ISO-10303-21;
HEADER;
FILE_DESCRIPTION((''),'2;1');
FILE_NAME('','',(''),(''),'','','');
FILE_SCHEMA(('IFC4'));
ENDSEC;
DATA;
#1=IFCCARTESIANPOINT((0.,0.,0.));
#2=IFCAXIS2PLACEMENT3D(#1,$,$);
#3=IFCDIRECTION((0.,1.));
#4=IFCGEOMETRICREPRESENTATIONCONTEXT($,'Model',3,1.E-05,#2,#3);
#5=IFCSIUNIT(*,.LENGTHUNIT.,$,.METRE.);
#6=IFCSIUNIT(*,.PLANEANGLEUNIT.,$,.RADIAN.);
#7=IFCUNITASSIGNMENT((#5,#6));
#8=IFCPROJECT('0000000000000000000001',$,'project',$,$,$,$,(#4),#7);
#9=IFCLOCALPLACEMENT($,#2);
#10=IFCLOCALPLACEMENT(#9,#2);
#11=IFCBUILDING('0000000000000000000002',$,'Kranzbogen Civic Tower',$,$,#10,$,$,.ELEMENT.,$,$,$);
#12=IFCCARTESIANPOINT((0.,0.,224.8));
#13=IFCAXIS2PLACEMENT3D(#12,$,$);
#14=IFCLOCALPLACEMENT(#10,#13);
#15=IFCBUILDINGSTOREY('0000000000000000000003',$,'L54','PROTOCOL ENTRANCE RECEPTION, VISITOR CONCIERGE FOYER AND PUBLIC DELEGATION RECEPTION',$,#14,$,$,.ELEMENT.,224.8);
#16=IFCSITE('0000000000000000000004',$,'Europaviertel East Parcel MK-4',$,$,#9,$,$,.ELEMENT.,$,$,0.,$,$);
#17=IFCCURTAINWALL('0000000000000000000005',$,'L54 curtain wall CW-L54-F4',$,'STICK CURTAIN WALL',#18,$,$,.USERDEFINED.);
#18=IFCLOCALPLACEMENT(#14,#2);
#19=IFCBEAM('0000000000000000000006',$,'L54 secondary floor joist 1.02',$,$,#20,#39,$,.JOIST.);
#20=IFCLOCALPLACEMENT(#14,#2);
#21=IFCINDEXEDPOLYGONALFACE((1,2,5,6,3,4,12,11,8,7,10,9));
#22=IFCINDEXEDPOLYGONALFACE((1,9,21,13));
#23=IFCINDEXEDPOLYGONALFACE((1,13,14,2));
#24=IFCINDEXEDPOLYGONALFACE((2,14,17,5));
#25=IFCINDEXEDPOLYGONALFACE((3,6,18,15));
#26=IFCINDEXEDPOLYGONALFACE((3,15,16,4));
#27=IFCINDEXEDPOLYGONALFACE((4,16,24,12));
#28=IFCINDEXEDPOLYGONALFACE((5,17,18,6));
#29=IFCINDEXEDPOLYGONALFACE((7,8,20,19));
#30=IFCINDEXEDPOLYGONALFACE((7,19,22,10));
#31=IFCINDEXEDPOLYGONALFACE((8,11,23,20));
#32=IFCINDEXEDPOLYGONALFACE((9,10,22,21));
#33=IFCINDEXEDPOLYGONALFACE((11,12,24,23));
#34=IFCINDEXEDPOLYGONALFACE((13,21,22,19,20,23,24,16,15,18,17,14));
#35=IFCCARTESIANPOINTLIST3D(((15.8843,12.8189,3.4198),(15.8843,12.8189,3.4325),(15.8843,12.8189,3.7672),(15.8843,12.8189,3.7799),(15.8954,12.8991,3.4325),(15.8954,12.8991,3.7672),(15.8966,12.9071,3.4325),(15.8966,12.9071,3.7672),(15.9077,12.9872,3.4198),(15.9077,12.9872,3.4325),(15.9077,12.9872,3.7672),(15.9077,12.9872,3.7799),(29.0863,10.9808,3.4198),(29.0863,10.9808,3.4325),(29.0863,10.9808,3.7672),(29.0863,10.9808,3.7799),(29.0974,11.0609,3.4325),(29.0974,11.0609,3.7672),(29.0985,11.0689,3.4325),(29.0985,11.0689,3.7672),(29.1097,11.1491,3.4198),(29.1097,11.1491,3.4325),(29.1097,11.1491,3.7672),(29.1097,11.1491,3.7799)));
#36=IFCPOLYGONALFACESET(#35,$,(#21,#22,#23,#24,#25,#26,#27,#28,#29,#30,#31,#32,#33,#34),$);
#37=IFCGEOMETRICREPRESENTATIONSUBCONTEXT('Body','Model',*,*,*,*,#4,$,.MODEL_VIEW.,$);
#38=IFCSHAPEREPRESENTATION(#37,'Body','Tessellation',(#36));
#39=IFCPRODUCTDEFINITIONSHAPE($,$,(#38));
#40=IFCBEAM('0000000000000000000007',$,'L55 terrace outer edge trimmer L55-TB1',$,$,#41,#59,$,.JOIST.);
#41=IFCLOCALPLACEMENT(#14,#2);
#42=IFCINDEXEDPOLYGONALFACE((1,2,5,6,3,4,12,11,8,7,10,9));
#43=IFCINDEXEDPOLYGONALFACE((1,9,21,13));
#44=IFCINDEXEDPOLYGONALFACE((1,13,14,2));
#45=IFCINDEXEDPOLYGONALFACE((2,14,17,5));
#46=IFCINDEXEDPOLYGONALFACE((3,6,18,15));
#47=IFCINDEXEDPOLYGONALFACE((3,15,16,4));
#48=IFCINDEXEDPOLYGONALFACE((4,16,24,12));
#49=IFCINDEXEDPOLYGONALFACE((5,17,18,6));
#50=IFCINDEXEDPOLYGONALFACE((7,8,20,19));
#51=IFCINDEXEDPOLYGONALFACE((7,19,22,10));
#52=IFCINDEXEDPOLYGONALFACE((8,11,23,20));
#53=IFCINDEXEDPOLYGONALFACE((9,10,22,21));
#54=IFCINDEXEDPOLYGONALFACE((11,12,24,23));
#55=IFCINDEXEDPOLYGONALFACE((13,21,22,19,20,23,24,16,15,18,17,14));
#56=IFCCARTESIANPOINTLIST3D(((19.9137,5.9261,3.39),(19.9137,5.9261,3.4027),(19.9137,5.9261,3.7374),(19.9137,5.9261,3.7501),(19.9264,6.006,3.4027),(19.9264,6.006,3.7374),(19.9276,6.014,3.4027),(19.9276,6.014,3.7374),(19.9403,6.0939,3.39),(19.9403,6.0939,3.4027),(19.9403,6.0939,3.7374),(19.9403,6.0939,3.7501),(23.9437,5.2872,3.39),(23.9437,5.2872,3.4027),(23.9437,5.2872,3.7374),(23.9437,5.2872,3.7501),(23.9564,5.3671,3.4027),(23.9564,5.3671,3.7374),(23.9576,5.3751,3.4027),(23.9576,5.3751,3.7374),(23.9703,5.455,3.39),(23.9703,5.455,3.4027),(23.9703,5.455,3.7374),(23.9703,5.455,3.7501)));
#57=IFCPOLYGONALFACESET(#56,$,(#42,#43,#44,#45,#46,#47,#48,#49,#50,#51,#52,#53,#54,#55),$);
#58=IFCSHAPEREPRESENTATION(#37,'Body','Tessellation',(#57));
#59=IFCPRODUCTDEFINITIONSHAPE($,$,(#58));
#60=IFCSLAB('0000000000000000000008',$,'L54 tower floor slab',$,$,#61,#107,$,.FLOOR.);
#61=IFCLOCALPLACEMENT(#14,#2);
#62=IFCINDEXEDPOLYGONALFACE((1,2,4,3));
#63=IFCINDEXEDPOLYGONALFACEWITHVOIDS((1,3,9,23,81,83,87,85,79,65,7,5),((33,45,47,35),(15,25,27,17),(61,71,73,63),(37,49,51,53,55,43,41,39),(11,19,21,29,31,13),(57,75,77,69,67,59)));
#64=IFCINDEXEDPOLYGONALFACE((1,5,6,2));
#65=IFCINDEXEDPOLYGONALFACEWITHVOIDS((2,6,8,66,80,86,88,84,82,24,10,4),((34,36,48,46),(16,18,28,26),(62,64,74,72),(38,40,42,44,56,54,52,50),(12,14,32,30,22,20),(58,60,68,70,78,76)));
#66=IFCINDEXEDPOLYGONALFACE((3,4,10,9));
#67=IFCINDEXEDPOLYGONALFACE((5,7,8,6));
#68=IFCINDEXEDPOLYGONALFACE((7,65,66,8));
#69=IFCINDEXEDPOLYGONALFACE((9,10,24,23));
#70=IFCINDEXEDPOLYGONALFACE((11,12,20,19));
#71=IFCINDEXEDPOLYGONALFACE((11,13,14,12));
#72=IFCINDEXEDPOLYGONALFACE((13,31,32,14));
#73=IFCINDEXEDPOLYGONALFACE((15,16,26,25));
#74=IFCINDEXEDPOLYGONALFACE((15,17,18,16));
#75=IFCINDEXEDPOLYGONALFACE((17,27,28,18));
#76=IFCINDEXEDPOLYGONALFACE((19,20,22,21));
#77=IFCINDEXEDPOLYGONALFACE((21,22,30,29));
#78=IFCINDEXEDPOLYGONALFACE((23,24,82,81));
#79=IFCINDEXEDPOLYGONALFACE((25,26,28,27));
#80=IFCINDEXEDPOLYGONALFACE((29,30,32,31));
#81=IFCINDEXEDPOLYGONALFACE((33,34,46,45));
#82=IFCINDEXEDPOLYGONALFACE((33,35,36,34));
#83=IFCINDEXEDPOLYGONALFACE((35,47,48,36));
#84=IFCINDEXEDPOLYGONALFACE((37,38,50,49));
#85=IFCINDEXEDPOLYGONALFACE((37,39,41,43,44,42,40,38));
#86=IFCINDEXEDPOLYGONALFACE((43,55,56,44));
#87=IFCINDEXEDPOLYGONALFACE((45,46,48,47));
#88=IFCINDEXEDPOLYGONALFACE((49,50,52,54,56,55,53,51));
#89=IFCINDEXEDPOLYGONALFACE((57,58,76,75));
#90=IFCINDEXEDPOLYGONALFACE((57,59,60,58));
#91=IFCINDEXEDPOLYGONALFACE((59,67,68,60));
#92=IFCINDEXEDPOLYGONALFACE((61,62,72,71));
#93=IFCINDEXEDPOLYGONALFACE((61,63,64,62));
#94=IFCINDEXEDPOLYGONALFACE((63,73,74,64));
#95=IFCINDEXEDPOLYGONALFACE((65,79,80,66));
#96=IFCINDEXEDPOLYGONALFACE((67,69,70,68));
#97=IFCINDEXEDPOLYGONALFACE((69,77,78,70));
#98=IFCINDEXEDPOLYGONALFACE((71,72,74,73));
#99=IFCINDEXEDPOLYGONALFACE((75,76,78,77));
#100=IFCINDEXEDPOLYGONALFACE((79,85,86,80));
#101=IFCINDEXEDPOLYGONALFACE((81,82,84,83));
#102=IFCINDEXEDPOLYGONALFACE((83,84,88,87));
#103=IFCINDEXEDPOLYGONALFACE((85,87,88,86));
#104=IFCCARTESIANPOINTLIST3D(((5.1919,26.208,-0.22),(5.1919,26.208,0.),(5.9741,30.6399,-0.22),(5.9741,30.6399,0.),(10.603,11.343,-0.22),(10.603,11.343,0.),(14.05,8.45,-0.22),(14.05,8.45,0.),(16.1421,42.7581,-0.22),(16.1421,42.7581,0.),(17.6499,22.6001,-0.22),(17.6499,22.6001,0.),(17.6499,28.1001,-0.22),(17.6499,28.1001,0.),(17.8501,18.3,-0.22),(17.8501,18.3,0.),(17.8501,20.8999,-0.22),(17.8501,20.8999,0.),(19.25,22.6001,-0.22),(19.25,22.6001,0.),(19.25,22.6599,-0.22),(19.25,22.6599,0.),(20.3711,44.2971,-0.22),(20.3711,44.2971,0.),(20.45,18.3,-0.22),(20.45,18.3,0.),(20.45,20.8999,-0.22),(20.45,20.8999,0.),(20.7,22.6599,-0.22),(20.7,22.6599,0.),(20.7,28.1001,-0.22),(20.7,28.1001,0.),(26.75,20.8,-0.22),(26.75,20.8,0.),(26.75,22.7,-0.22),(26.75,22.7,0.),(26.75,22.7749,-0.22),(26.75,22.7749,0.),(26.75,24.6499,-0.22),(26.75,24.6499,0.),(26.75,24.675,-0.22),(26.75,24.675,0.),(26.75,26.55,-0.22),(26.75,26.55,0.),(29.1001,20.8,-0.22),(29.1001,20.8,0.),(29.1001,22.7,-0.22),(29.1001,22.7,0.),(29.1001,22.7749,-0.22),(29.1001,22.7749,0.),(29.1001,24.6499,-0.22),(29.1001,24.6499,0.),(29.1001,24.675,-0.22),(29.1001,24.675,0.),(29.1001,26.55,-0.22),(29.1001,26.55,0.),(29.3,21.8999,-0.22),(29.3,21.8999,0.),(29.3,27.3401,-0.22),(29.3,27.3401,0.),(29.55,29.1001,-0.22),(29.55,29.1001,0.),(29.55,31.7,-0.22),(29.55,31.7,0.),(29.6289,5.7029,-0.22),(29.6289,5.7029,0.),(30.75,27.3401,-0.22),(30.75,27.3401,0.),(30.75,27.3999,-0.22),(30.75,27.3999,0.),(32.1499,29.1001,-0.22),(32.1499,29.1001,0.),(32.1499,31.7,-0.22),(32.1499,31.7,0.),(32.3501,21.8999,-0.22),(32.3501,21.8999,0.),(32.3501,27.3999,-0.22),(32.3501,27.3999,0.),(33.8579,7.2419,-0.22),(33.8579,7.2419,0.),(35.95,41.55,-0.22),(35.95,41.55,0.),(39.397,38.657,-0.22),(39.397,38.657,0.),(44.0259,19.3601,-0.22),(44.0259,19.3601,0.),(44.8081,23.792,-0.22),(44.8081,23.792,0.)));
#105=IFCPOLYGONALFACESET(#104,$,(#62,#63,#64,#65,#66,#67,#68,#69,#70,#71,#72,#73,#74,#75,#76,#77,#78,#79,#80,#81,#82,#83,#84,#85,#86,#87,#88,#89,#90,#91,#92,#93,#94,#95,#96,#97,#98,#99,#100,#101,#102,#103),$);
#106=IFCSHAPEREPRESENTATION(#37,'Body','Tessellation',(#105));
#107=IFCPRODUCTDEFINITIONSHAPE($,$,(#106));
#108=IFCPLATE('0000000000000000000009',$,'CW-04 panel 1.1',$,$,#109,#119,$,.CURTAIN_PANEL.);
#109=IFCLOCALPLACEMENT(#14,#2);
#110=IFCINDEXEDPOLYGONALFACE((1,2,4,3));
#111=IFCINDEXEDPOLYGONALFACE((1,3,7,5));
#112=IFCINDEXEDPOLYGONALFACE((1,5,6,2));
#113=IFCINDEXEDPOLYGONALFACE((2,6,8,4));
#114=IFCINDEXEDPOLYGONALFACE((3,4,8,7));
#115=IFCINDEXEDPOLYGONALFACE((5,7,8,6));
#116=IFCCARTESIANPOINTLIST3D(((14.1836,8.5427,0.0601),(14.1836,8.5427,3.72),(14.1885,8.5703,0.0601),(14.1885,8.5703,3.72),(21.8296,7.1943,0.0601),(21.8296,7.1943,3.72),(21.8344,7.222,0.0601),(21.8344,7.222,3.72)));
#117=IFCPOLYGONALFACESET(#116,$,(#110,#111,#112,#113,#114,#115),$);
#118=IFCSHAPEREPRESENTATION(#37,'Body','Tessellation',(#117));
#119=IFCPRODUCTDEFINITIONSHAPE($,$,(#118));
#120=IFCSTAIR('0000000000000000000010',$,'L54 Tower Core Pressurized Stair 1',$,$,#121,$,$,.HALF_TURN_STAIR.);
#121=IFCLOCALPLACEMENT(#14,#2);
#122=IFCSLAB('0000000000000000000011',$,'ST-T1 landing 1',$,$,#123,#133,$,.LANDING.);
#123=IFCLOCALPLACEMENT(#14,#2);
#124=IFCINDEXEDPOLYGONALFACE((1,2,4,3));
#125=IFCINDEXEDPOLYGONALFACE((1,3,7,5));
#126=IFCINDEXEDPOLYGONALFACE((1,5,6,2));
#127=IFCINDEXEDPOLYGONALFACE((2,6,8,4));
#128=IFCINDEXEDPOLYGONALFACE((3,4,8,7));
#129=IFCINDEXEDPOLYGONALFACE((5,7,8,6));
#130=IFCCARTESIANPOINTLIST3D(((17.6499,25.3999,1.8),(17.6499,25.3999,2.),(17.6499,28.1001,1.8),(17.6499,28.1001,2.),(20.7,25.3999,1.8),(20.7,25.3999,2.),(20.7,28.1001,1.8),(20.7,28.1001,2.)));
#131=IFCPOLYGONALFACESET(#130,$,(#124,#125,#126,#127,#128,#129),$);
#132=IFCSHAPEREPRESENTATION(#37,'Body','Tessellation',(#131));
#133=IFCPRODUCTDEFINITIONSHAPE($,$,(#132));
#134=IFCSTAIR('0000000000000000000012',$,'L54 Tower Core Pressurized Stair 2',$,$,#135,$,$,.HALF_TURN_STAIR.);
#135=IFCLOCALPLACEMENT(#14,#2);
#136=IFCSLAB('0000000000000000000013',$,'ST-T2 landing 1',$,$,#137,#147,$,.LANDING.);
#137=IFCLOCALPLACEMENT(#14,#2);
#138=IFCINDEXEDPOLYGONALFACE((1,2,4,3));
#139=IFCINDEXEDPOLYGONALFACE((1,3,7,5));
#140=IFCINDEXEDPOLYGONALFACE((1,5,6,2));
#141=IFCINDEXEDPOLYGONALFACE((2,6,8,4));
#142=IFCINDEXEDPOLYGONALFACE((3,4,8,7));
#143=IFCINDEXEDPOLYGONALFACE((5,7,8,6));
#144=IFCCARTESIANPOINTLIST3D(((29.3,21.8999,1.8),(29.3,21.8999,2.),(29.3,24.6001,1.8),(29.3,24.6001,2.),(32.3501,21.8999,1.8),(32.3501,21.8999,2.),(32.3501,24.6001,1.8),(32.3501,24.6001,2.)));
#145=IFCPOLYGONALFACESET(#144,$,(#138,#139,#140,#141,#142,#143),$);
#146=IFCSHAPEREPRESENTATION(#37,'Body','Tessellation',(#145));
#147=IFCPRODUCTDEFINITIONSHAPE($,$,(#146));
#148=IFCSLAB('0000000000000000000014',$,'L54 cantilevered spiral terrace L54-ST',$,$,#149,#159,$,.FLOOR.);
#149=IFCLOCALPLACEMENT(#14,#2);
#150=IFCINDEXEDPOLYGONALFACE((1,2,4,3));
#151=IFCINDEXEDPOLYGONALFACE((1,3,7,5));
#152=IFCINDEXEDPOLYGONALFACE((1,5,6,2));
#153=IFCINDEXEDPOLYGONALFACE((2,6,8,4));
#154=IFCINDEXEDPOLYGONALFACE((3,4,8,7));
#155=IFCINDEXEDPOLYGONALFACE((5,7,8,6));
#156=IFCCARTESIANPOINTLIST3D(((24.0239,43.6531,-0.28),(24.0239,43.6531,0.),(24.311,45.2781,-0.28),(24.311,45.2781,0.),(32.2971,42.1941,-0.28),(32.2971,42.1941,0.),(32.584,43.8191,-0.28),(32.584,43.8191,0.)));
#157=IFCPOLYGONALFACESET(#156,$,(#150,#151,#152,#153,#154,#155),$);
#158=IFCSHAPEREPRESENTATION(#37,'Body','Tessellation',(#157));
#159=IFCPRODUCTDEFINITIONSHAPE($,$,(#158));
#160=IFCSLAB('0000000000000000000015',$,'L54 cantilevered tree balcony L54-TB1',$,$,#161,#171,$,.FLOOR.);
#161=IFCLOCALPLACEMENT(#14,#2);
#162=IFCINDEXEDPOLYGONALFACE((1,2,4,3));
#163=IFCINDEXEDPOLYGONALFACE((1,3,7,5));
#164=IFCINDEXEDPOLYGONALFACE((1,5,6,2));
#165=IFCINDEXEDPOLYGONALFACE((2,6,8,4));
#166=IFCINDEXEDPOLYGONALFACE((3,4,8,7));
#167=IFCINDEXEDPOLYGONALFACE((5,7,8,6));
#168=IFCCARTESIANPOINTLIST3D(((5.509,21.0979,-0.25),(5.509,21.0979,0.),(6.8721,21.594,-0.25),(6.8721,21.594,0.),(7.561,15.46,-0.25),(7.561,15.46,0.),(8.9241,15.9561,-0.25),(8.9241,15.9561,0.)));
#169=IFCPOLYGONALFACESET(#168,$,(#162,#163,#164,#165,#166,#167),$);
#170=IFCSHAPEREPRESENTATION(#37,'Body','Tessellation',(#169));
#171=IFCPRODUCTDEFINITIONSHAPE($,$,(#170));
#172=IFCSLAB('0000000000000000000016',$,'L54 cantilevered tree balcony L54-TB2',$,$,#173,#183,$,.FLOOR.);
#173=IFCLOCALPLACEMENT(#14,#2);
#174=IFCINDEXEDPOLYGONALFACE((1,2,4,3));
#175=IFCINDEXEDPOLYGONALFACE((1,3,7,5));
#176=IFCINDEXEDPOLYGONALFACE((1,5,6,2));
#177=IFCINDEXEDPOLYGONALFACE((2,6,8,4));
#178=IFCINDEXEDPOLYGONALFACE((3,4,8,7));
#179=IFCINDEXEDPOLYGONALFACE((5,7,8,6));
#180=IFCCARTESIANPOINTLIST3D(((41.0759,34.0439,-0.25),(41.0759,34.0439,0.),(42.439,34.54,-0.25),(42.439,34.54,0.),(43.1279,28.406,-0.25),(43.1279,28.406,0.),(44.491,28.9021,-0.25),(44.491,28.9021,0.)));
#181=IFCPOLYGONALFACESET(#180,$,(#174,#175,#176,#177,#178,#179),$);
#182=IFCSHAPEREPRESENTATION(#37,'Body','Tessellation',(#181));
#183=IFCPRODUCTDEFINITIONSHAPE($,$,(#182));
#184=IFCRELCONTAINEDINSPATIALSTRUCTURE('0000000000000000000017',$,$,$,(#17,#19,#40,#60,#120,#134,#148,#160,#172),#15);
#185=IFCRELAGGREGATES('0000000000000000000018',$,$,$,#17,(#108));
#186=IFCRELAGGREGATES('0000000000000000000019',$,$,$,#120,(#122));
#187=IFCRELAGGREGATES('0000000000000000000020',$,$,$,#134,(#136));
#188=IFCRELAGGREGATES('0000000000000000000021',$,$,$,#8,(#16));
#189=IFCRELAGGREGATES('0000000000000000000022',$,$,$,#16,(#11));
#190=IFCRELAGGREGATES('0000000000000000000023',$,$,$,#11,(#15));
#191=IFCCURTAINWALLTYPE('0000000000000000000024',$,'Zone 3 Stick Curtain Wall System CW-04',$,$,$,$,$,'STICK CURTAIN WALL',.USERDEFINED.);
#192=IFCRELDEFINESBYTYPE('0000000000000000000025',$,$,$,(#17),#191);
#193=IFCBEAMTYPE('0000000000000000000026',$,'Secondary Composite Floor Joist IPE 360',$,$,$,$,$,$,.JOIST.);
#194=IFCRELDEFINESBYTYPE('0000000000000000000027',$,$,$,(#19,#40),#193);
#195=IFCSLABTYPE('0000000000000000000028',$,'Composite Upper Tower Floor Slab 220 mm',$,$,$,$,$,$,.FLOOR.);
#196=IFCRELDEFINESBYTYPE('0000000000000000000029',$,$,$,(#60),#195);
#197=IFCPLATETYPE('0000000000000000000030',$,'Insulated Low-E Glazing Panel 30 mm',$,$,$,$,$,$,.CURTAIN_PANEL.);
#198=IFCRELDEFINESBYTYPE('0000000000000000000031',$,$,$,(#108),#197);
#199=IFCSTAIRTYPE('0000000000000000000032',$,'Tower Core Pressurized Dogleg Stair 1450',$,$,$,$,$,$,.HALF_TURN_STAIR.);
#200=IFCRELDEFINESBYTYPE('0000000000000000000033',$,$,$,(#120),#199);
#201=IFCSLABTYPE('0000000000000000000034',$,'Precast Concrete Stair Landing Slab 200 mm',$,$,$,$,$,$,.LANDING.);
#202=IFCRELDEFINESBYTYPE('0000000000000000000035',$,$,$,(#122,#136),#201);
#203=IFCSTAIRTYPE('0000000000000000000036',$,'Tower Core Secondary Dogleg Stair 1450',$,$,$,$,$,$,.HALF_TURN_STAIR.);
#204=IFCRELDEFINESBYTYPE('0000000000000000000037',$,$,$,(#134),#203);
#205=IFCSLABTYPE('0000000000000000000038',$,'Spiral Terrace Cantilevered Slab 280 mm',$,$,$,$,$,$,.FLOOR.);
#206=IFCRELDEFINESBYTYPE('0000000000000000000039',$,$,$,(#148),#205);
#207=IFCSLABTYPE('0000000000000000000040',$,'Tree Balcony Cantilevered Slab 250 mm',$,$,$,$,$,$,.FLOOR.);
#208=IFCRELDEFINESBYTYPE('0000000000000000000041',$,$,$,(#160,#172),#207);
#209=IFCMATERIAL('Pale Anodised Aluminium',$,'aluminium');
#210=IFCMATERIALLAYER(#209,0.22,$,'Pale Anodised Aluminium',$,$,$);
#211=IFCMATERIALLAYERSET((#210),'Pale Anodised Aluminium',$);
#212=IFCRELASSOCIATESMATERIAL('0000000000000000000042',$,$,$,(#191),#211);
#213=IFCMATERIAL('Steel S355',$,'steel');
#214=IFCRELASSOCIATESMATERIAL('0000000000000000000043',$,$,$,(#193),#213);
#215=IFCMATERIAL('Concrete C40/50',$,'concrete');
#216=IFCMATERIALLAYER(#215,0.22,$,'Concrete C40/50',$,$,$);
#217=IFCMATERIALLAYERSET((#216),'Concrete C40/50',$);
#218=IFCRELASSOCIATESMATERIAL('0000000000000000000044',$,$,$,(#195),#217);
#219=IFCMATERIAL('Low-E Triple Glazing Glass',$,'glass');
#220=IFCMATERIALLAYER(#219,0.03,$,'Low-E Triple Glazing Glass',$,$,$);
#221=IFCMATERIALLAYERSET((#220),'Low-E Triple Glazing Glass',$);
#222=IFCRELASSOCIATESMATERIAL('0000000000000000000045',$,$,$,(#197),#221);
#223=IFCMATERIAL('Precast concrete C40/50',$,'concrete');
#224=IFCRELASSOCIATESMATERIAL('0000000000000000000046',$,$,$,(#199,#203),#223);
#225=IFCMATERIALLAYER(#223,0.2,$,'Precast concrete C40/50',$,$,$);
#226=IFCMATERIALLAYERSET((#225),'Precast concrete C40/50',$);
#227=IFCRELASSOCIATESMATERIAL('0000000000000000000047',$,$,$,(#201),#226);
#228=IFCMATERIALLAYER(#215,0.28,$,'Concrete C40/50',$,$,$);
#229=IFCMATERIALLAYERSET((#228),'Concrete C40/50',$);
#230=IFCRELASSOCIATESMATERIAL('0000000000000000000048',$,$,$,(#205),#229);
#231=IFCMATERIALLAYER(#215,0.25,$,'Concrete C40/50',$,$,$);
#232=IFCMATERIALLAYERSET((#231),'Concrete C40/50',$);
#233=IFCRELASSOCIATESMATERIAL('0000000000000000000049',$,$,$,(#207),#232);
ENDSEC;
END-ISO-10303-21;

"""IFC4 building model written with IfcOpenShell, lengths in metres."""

from ifc_helpers import new_model, si_unit, direction, frame, origin, origin_2d, place, context, subcontext, project, spatial, polyline, rectangle, i_section, outline, extrude, material, layer, layer_set, material_profile, profile_set, type_object, element, aggregate, save


model = new_model("IFC4")

# Units and contexts
model_context = context("Model", 3, precision=1e-05, world=origin(), true_north=direction((0.0, 1.0)))
body_context = subcontext(model_context, "Body", "Model", "MODEL_VIEW")
ifc_project = project(units=[si_unit("LENGTHUNIT", "METRE"), si_unit("PLANEANGLEUNIT", "RADIAN")], contexts=[model_context])

# Site, building, storey
site_placement = place(None, origin())
site = spatial("IfcSite", under=ifc_project, at=site_placement, Name="Europaviertel East Parcel MK-4", CompositionType="ELEMENT", RefElevation=0.0)
building_placement = place(site_placement, origin())
building = spatial("IfcBuilding", under=site, at=building_placement, Name="Kranzbogen Civic Tower", CompositionType="ELEMENT")
storey_placement = place(building_placement, frame((0.0, 0.0, 224.8)))
storey = spatial("IfcBuildingStorey", under=building, at=storey_placement, Name="L54", Description="PROTOCOL ENTRANCE RECEPTION, VISITOR CONCIERGE FOYER AND PUBLIC DELEGATION RECEPTION", CompositionType="ELEMENT", Elevation=224.8)

# Shared definitions
ifc_material_1 = material(Name="Steel S355", Category="steel")

# Shared definitions
ifc_material_2 = material(Name="Pale Anodised Aluminium", Category="aluminium")
ifc_layer_1 = layer(ifc_material_2, 0.22, Name="Pale Anodised Aluminium")
ifc_layer_set_1 = layer_set([ifc_layer_1], Name="Pale Anodised Aluminium")
curtain_wall_type = type_object("IfcCurtainWallType", Name="Zone 3 Stick Curtain Wall System CW-04", ElementType="STICK CURTAIN WALL", PredefinedType="USERDEFINED", material=ifc_layer_set_1)

# Curtain wall
curtain_wall_1_placement = place(storey_placement, origin())
curtain_wall_1 = element("IfcCurtainWall", 1, at=curtain_wall_1_placement, inside=storey, type_object=curtain_wall_type, Name="L54 curtain wall CW-L54-F4", ObjectType="STICK CURTAIN WALL", PredefinedType="USERDEFINED")

# Beams
ifc_material_profile_1 = material_profile(ifc_material_1, i_section(OverallWidth=0.1699, OverallDepth=0.3601, WebThickness=0.0081, FlangeThickness=0.0127, at=origin_2d()), Name="IPE 360")
ifc_profile_set_1 = profile_set([ifc_material_profile_1], Name="Steel S355")
beam_type_1 = type_object("IfcBeamType", Name="Secondary Composite Floor Joist IPE 360", PredefinedType="JOIST", material=ifc_profile_set_1)
beam_1_placement = place(storey_placement, frame((15.896, 12.9031, 3.5999), z_axis=(0.990446, -0.137902, 0.0), x_axis=(0.137902, 0.990446, 0.0)))
element("IfcBeam", 2, at=beam_1_placement, inside=storey, type_object=beam_type_1, Name="L54 secondary floor joist 1.02", PredefinedType="JOIST", context=body_context, shape_type="SweptSolid", body=[
    extrude(i_section(OverallWidth=0.1699, OverallDepth=0.3601, WebThickness=0.0081, FlangeThickness=0.0127, at=origin_2d()), origin(), (0.0, 0.0, 1.0), 13.3293),
])
beam_2_placement = place(storey_placement, frame((19.927, 6.01, 3.5701), z_axis=(0.987665, -0.156583, 0.0), x_axis=(0.156583, 0.987665, 0.0)))
element("IfcBeam", 3, at=beam_2_placement, inside=storey, type_object=beam_type_1, Name="L55 terrace outer edge trimmer L55-TB1", PredefinedType="JOIST", context=body_context, shape_type="SweptSolid", body=[
    extrude(i_section(OverallWidth=0.1699, OverallDepth=0.3601, WebThickness=0.0081, FlangeThickness=0.0127, at=origin_2d()), origin(), (0.0, 0.0, 1.0), 4.0803),
])

# Slab
ifc_material_3 = material(Name="Concrete C40/50", Category="concrete")
ifc_layer_2 = layer(ifc_material_3, 0.22, Name="Concrete C40/50")
ifc_layer_set_2 = layer_set([ifc_layer_2], Name="Concrete C40/50")
slab_type_1 = type_object("IfcSlabType", Name="Composite Upper Tower Floor Slab 220 mm", PredefinedType="FLOOR", material=ifc_layer_set_2)
slab_1_placement = place(storey_placement, frame((0.0, 0.0, -0.22)))
element("IfcSlab", 4, at=slab_1_placement, inside=storey, type_object=slab_type_1, Name="L54 tower floor slab", PredefinedType="FLOOR", context=body_context, shape_type="SweptSolid", body=[
    extrude(outline(polyline([(35.95, 41.55), (20.3711, 44.2971), (16.1421, 42.7581), (5.9741, 30.6399), (5.1919, 26.208), (10.603, 11.343), (14.05, 8.45), (29.6289, 5.7029), (33.8579, 7.2419), (44.0259, 19.3601), (44.8081, 23.792), (39.397, 38.657), (35.95, 41.55)]), holes=[polyline([(17.8501, 20.8999), (20.45, 20.8999), (20.45, 18.3), (17.8501, 18.3), (17.8501, 20.8999)]), polyline([(29.1001, 22.7), (29.1001, 20.8), (26.75, 20.8), (26.75, 22.7), (29.1001, 22.7)]), polyline([(29.1001, 24.6499), (29.1001, 22.7749), (26.75, 22.7749), (26.75, 24.6499), (26.75, 24.675), (26.75, 26.55), (29.1001, 26.55), (29.1001, 24.675), (29.1001, 24.6499)]), polyline([(29.3, 27.3401), (30.75, 27.3401), (30.75, 27.3999), (32.3501, 27.3999), (32.3501, 21.8999), (29.3, 21.8999), (29.3, 27.3401)]), polyline([(20.7, 22.6599), (19.25, 22.6599), (19.25, 22.6001), (17.6499, 22.6001), (17.6499, 28.1001), (20.7, 28.1001), (20.7, 22.6599)]), polyline([(32.1499, 31.7), (32.1499, 29.1001), (29.55, 29.1001), (29.55, 31.7), (32.1499, 31.7)])]), origin(), (0.0, 0.0, 1.0), 0.22),
])

# Plate
ifc_material_4 = material(Name="Low-E Triple Glazing Glass", Category="glass")
ifc_layer_3 = layer(ifc_material_4, 0.03, Name="Low-E Triple Glazing Glass")
ifc_layer_set_3 = layer_set([ifc_layer_3], Name="Low-E Triple Glazing Glass")
plate_type = type_object("IfcPlateType", Name="Insulated Low-E Glazing Panel 30 mm", PredefinedType="CURTAIN_PANEL", material=ifc_layer_set_3)
plate_placement = place(storey_placement, frame((18.009, 7.8823, 0.0601), z_axis=(0.0, 0.0, 1.0), x_axis=(0.984803, -0.173673, 0.0)))
plate = element("IfcPlate", 5, at=plate_placement, type_object=plate_type, Name="CW-04 panel 1.1", PredefinedType="CURTAIN_PANEL", context=body_context, shape_type="SweptSolid", body=[
    extrude(rectangle(XDim=7.7639, YDim=0.0281, at=origin_2d()), origin(), (0.0, 0.0, 1.0), 3.6599),
])
aggregate(curtain_wall_1, [plate])

# Stairs, slabs
ifc_material_5 = material(Name="Precast concrete C40/50", Category="concrete")
stair_type_1 = type_object("IfcStairType", Name="Tower Core Pressurized Dogleg Stair 1450", PredefinedType="HALF_TURN_STAIR", material=ifc_material_5)
stair_1_placement = place(storey_placement, origin())
stair_1 = element("IfcStair", 6, at=stair_1_placement, inside=storey, type_object=stair_type_1, Name="L54 Tower Core Pressurized Stair 1", PredefinedType="HALF_TURN_STAIR")
ifc_layer_4 = layer(ifc_material_5, 0.2, Name="Precast concrete C40/50")
ifc_layer_set_4 = layer_set([ifc_layer_4], Name="Precast concrete C40/50")
slab_type_2 = type_object("IfcSlabType", Name="Precast Concrete Stair Landing Slab 200 mm", PredefinedType="LANDING", material=ifc_layer_set_4)
slab_2_placement = place(storey_placement, frame((0.0, 0.0, 1.8)))
slab_2 = element("IfcSlab", 7, at=slab_2_placement, type_object=slab_type_2, Name="ST-T1 landing 1", PredefinedType="LANDING", context=body_context, shape_type="SweptSolid", body=[
    extrude(outline(polyline([(20.7, 25.3999), (20.7, 28.1001), (17.6499, 28.1001), (17.6499, 25.3999), (20.7, 25.3999)])), origin(), (0.0, 0.0, 1.0), 0.2),
])
aggregate(stair_1, [slab_2])
stair_type_2 = type_object("IfcStairType", Name="Tower Core Secondary Dogleg Stair 1450", PredefinedType="HALF_TURN_STAIR", material=ifc_material_5)
stair_2_placement = place(storey_placement, origin())
stair_2 = element("IfcStair", 8, at=stair_2_placement, inside=storey, type_object=stair_type_2, Name="L54 Tower Core Pressurized Stair 2", PredefinedType="HALF_TURN_STAIR")
slab_3_placement = place(storey_placement, frame((0.0, 0.0, 1.8)))
slab_3 = element("IfcSlab", 9, at=slab_3_placement, type_object=slab_type_2, Name="ST-T2 landing 1", PredefinedType="LANDING", context=body_context, shape_type="SweptSolid", body=[
    extrude(outline(polyline([(29.3, 24.6001), (29.3, 21.8999), (32.3501, 21.8999), (32.3501, 24.6001), (29.3, 24.6001)])), origin(), (0.0, 0.0, 1.0), 0.2),
])
aggregate(stair_2, [slab_3])

# Slabs
ifc_layer_5 = layer(ifc_material_3, 0.28, Name="Concrete C40/50")
ifc_layer_set_5 = layer_set([ifc_layer_5], Name="Concrete C40/50")
slab_type_3 = type_object("IfcSlabType", Name="Spiral Terrace Cantilevered Slab 280 mm", PredefinedType="FLOOR", material=ifc_layer_set_5)
slab_4_placement = place(storey_placement, frame((0.0, 0.0, -0.28)))
element("IfcSlab", 10, at=slab_4_placement, inside=storey, type_object=slab_type_3, Name="L54 cantilevered spiral terrace L54-ST", PredefinedType="FLOOR", context=body_context, shape_type="SweptSolid", body=[
    extrude(outline(polyline([(32.2971, 42.1941), (24.0239, 43.6531), (24.311, 45.2781), (32.584, 43.8191), (32.2971, 42.1941)])), origin(), (0.0, 0.0, 1.0), 0.28),
])
ifc_layer_6 = layer(ifc_material_3, 0.25, Name="Concrete C40/50")
ifc_layer_set_6 = layer_set([ifc_layer_6], Name="Concrete C40/50")
slab_type_4 = type_object("IfcSlabType", Name="Tree Balcony Cantilevered Slab 250 mm", PredefinedType="FLOOR", material=ifc_layer_set_6)
slab_5_placement = place(storey_placement, frame((0.0, 0.0, -0.25)))
element("IfcSlab", 11, at=slab_5_placement, inside=storey, type_object=slab_type_4, Name="L54 cantilevered tree balcony L54-TB1", PredefinedType="FLOOR", context=body_context, shape_type="SweptSolid", body=[
    extrude(outline(polyline([(6.8721, 21.594), (8.9241, 15.9561), (7.561, 15.46), (5.509, 21.0979), (6.8721, 21.594)])), origin(), (0.0, 0.0, 1.0), 0.25),
])
slab_6_placement = place(storey_placement, frame((0.0, 0.0, -0.25)))
element("IfcSlab", 12, at=slab_6_placement, inside=storey, type_object=slab_type_4, Name="L54 cantilevered tree balcony L54-TB2", PredefinedType="FLOOR", context=body_context, shape_type="SweptSolid", body=[
    extrude(outline(polyline([(43.1279, 28.406), (41.0759, 34.0439), (42.439, 34.54), (44.491, 28.9021), (43.1279, 28.406)])), origin(), (0.0, 0.0, 1.0), 0.25),
])

save(model, "model.ifc")
